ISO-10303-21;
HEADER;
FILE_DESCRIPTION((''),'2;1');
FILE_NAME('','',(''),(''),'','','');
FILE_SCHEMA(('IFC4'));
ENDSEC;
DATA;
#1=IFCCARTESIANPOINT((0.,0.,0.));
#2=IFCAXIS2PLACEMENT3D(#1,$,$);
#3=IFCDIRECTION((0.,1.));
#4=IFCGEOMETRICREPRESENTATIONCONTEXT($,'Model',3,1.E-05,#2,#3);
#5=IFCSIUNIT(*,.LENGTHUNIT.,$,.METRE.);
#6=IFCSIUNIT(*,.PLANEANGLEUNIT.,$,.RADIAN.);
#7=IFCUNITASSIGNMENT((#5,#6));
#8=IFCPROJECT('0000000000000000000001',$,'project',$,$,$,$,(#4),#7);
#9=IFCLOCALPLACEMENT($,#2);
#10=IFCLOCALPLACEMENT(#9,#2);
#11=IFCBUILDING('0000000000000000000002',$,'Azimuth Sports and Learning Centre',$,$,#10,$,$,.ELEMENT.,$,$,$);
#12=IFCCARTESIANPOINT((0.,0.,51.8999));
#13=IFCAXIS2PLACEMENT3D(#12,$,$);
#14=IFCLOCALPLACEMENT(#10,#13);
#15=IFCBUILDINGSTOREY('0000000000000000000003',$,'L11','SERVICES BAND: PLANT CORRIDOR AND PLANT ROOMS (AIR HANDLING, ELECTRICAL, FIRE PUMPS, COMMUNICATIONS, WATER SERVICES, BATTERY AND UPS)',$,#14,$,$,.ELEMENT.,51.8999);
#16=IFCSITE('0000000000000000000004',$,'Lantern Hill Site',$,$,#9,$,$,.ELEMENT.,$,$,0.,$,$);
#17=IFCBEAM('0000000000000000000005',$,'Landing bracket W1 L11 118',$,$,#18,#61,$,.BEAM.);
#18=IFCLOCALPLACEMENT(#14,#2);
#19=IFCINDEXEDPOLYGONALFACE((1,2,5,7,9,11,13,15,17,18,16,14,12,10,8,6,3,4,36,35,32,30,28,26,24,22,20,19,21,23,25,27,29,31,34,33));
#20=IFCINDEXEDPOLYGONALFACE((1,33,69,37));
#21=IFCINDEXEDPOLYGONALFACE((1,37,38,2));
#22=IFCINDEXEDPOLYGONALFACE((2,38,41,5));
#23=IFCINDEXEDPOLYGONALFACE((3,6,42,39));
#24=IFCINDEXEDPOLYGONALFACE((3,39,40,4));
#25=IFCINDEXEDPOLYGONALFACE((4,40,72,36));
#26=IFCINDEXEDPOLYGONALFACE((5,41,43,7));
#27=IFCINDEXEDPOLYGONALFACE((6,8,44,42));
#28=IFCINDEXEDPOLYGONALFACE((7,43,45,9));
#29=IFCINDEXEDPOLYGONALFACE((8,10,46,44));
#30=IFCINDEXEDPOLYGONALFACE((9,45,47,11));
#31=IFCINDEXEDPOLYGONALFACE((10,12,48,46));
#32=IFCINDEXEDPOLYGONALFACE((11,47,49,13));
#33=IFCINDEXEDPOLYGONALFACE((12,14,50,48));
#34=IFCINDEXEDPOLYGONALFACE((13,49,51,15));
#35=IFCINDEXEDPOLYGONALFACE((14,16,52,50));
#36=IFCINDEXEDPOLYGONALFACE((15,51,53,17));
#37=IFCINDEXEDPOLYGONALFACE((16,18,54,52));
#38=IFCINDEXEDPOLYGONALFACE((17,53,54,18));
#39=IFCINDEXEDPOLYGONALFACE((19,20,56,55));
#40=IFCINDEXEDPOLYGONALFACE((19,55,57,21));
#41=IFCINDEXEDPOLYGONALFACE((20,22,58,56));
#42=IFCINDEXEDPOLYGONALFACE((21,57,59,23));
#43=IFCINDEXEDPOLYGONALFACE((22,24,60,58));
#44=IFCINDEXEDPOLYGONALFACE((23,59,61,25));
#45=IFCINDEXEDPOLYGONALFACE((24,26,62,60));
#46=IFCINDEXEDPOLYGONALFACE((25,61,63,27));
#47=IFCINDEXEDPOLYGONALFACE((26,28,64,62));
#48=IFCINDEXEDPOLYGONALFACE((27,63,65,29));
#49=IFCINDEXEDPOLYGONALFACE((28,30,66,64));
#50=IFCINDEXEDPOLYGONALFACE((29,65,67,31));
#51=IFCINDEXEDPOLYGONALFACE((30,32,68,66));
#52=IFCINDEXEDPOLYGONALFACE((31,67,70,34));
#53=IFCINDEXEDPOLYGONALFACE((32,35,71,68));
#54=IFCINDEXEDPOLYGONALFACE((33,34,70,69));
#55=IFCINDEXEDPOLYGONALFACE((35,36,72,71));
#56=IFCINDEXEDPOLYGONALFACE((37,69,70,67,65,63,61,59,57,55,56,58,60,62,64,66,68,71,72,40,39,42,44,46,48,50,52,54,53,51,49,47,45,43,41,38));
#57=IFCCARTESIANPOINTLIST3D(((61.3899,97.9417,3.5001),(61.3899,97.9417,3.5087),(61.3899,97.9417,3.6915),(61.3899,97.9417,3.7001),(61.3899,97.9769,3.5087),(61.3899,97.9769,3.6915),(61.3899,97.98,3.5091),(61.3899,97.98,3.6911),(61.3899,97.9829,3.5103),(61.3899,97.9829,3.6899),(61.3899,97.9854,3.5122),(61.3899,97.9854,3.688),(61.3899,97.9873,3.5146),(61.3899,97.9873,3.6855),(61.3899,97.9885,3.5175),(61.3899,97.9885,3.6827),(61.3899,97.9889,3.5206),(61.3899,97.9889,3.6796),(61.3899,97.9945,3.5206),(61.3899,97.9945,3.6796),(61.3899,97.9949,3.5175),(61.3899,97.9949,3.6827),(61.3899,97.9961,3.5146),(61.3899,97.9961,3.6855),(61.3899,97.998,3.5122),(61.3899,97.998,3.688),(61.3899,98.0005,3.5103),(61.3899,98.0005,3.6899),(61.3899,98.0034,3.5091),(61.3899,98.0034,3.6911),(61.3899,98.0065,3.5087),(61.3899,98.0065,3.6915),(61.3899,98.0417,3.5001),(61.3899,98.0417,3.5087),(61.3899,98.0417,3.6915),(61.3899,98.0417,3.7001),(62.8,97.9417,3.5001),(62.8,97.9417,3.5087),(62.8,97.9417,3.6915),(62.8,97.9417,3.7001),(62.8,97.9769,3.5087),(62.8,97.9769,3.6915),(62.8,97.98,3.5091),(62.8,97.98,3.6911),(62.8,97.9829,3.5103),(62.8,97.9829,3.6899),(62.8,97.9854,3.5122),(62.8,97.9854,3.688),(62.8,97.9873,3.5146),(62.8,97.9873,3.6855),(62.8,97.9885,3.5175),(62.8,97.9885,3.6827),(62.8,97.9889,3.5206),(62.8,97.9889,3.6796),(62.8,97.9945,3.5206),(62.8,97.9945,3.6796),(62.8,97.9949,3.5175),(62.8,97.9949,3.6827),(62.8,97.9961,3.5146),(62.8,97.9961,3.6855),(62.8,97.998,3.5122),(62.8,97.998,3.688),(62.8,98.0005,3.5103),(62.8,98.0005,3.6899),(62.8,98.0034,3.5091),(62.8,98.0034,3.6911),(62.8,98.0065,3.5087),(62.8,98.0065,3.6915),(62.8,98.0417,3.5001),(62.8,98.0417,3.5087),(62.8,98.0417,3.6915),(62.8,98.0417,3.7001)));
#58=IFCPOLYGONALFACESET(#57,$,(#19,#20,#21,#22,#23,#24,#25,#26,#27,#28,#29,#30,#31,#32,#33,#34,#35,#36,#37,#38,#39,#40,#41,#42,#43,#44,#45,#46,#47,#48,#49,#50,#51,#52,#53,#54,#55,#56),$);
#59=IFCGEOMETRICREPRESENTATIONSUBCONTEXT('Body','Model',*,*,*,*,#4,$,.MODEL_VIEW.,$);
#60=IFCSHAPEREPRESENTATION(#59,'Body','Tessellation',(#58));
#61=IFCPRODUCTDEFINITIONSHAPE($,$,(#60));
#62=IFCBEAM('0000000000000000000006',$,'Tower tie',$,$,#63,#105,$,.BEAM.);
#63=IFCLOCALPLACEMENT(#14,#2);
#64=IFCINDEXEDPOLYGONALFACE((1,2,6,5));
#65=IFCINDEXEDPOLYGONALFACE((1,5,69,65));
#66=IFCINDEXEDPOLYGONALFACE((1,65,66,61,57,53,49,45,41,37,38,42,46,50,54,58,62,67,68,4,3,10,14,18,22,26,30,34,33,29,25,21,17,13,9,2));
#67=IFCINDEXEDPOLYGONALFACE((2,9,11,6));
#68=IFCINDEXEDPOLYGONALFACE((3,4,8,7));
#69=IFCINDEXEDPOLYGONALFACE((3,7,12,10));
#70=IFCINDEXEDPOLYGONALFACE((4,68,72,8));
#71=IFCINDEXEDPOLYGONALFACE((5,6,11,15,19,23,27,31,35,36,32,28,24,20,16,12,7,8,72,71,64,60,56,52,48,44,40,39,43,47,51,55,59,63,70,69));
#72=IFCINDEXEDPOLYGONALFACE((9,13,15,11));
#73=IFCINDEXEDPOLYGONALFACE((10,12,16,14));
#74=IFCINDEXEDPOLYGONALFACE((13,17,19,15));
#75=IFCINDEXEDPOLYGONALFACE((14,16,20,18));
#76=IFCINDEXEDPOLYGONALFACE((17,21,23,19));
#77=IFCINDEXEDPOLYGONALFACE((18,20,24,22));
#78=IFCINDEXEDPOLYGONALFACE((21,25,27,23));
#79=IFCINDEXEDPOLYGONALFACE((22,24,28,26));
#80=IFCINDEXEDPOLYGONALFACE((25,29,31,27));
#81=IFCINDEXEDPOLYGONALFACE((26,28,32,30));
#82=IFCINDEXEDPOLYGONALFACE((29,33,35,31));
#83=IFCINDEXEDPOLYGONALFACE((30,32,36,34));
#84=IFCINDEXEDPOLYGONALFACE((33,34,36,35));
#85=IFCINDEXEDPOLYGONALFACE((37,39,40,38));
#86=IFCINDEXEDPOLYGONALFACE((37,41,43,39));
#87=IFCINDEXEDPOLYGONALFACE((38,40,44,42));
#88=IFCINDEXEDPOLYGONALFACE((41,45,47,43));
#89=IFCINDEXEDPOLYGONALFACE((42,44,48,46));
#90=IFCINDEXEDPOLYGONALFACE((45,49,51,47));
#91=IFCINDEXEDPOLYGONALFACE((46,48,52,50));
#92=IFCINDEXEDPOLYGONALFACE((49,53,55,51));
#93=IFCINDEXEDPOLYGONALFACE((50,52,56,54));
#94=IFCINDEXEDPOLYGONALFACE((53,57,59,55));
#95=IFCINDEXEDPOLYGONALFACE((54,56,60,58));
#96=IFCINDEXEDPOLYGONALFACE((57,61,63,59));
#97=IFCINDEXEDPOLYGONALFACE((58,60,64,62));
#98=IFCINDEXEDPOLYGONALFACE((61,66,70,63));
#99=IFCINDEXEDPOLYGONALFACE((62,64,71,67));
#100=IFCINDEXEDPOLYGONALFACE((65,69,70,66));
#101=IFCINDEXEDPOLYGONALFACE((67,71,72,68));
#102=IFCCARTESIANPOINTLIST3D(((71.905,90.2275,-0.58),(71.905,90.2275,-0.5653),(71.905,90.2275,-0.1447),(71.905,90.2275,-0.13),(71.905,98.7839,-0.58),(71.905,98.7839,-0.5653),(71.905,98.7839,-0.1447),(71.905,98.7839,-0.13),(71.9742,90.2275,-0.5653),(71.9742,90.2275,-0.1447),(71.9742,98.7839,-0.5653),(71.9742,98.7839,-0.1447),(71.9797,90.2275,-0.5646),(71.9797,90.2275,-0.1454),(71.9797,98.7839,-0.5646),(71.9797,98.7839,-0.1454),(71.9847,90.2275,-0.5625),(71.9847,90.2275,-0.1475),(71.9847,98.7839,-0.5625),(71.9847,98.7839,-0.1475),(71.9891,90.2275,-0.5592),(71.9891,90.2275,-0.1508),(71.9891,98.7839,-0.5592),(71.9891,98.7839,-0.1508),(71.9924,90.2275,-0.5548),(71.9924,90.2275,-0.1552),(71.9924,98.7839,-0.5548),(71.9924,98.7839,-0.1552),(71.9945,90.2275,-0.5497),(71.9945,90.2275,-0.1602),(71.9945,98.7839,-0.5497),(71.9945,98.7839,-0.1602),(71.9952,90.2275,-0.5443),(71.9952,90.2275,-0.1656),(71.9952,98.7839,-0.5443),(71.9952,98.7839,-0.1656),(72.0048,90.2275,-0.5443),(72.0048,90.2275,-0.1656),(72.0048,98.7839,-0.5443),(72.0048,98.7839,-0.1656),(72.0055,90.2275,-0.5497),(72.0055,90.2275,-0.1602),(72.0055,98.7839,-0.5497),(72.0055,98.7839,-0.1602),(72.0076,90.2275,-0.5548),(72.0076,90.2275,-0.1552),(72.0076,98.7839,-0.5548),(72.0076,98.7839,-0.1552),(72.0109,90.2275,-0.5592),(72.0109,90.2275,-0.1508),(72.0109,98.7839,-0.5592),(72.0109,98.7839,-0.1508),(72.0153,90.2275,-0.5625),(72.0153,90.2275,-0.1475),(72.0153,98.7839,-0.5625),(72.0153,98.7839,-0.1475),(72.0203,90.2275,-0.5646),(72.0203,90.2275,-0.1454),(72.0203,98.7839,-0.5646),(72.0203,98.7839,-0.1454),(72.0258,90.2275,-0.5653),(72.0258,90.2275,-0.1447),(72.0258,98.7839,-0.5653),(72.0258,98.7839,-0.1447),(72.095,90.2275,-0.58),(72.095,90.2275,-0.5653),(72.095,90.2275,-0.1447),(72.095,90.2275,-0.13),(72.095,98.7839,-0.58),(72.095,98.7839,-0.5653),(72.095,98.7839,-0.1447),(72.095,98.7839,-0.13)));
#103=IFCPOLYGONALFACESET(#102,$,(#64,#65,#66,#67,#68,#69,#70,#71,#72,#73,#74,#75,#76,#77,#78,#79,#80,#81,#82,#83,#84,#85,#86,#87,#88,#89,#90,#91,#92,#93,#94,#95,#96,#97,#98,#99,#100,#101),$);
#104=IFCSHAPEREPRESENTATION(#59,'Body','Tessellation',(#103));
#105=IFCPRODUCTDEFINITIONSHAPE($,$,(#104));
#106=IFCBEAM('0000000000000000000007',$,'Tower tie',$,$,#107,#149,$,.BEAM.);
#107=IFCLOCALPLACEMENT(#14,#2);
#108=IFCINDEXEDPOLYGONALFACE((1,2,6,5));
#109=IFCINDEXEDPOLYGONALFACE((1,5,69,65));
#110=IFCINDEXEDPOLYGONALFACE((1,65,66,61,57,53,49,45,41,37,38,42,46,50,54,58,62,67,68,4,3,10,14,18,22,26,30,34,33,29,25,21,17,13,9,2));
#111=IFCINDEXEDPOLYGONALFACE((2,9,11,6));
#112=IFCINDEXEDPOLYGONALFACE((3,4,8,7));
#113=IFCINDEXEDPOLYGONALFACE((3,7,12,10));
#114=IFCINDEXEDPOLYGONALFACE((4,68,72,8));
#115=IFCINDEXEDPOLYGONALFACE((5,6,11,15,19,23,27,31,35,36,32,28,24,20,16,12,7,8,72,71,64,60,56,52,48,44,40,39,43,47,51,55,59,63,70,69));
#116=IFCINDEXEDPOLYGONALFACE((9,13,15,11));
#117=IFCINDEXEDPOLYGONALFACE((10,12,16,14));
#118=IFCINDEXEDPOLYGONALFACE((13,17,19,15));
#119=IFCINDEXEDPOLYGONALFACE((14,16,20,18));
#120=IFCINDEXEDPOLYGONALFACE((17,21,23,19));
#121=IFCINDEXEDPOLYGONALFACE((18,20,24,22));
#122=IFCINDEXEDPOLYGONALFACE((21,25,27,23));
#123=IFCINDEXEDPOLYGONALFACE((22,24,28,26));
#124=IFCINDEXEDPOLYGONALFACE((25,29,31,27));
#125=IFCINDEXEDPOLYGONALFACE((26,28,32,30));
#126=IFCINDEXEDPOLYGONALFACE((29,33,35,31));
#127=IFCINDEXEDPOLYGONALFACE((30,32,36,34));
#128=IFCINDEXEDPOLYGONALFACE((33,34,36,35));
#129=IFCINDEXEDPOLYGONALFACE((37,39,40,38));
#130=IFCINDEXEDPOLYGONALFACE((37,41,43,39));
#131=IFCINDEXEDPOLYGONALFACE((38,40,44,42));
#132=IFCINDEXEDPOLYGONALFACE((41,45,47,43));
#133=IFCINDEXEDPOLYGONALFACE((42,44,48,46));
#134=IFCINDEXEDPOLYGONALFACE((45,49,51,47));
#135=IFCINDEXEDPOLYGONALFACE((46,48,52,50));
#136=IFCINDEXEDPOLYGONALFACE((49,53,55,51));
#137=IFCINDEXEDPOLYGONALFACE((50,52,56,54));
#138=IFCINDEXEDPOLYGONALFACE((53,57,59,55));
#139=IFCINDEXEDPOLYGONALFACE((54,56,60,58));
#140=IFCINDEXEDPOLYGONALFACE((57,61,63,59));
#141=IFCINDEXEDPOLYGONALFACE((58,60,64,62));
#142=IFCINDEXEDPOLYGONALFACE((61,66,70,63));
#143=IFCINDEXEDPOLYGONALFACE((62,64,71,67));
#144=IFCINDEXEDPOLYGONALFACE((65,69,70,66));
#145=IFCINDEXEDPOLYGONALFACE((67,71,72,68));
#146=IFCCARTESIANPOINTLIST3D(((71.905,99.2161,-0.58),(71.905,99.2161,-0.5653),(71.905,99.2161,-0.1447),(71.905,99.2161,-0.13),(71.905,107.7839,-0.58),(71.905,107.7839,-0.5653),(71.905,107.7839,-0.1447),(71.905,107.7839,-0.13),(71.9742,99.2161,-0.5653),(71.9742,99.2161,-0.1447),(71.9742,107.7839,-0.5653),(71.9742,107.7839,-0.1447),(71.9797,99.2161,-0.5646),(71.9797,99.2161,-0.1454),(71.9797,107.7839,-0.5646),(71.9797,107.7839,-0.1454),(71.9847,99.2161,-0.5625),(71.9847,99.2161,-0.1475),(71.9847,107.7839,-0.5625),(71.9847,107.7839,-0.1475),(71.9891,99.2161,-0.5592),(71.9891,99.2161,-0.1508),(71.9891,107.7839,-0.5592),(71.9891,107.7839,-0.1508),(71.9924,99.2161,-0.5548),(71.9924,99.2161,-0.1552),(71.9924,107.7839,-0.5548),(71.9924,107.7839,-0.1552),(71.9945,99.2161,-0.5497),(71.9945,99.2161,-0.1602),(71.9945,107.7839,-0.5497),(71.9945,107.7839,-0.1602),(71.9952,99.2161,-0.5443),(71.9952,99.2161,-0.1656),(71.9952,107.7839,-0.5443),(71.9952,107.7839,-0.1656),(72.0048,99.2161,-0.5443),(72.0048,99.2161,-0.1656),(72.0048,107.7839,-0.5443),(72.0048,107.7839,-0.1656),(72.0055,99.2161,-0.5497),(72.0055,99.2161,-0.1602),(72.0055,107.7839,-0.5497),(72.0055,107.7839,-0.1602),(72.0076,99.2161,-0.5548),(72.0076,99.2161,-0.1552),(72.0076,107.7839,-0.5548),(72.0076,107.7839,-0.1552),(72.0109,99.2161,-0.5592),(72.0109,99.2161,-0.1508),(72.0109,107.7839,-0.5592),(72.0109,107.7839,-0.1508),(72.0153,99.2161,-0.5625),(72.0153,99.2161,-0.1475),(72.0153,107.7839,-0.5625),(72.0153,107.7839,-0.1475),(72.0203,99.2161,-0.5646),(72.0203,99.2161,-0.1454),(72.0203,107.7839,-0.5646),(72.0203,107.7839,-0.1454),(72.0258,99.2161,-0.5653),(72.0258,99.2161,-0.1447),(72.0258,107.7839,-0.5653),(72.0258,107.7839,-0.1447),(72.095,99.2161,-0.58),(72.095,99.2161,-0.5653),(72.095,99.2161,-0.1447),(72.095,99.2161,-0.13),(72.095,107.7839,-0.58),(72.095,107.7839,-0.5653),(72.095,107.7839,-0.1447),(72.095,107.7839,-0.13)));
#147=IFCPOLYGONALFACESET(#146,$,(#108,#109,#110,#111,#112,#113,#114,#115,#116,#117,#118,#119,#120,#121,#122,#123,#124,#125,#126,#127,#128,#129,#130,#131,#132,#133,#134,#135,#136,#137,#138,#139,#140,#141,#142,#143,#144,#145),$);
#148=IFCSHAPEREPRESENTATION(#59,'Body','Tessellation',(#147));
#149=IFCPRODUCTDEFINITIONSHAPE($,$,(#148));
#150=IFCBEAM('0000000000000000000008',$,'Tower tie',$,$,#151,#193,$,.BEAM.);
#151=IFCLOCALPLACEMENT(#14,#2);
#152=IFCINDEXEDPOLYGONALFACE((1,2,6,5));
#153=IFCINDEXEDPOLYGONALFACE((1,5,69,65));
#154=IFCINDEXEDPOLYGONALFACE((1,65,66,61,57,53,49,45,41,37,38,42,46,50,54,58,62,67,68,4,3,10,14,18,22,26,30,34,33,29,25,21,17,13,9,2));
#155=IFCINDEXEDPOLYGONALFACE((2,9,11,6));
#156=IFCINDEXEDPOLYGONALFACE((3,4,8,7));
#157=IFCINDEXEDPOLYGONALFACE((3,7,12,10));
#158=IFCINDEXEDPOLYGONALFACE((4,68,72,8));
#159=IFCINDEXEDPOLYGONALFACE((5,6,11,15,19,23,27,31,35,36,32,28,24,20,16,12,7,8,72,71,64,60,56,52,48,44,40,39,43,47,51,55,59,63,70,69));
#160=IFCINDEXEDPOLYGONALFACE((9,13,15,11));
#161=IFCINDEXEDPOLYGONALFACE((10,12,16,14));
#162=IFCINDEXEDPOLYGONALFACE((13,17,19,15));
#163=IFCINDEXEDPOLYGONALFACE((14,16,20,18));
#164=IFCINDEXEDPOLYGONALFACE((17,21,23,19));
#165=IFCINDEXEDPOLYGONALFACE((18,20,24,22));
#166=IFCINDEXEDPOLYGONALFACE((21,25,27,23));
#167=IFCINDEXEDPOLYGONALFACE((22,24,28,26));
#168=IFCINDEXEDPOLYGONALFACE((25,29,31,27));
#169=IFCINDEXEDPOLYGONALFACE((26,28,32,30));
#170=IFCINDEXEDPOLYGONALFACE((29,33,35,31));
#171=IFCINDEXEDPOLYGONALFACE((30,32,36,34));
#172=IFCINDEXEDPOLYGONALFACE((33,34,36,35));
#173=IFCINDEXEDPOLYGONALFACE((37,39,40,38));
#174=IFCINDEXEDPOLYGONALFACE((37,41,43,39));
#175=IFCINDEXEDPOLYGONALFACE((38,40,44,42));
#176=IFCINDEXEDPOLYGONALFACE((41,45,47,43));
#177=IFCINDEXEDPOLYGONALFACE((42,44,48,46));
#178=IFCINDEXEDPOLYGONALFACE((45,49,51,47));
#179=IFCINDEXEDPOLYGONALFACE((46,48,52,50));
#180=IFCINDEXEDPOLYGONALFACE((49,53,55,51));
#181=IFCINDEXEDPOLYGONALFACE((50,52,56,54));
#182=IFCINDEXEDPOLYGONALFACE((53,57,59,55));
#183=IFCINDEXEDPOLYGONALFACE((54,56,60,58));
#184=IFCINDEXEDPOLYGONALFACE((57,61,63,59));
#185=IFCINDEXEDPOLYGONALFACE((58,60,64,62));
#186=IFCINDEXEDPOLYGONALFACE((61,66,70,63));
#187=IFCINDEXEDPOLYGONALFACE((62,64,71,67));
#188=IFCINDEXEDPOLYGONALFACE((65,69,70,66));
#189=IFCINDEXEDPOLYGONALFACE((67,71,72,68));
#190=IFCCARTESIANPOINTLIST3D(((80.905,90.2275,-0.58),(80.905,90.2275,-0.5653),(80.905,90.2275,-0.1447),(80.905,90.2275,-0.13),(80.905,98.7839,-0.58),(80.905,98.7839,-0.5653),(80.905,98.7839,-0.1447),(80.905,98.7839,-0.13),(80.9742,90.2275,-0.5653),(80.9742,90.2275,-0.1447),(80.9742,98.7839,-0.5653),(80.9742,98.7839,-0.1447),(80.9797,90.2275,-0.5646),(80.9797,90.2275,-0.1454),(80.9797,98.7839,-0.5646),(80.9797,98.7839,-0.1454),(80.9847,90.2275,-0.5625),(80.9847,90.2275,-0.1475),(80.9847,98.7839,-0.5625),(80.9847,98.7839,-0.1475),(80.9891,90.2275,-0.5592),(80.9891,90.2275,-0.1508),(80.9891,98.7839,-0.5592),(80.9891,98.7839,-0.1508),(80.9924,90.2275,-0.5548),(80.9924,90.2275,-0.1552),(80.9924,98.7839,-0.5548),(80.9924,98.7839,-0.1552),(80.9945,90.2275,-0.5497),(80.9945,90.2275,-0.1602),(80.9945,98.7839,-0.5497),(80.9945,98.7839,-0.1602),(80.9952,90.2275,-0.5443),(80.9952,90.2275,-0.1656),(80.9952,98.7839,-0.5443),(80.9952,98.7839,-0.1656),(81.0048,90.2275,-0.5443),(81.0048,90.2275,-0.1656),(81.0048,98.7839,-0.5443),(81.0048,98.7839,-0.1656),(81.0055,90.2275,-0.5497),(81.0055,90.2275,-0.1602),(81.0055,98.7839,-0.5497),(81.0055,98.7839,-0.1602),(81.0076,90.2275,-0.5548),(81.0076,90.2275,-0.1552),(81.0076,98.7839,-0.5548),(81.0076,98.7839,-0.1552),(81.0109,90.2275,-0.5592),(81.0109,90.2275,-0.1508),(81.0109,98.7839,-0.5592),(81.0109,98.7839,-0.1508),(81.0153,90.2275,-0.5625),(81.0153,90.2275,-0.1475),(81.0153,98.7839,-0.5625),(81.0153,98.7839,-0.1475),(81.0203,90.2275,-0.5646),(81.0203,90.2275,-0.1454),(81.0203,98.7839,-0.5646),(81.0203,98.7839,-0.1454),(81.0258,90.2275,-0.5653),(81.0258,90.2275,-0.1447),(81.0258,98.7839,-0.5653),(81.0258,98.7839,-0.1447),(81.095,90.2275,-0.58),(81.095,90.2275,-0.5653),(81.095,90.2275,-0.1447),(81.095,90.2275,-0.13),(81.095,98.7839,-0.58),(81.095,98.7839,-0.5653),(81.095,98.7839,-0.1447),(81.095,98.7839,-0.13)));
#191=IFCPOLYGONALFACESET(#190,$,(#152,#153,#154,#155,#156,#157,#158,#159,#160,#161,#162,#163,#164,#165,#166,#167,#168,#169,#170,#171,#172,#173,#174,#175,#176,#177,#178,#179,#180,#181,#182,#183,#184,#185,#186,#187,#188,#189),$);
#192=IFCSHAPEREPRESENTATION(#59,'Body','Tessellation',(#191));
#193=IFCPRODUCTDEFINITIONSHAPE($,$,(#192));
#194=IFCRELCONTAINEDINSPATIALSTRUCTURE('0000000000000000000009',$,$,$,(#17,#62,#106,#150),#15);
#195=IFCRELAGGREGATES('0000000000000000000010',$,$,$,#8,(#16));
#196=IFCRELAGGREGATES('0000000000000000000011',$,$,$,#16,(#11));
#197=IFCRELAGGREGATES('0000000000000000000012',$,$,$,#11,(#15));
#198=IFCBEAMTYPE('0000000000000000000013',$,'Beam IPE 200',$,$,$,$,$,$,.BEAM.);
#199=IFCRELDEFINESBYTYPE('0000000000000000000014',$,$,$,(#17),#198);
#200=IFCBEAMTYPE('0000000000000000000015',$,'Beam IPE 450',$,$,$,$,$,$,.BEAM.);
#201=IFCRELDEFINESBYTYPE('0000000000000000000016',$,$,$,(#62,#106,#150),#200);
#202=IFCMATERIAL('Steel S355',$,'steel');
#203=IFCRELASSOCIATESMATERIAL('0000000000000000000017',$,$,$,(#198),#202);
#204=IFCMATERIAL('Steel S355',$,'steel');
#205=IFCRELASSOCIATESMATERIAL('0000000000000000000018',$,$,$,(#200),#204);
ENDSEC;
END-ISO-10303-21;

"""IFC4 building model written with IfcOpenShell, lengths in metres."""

from ifc_helpers import new_model, si_unit, direction, frame, origin, origin_2d, place, context, subcontext, project, spatial, i_section, extrude, material, material_profile, profile_set, type_object, element, save


model = new_model("IFC4")

# Units and contexts
model_context = context("Model", 3, precision=1e-05, world=origin(), true_north=direction((0.0, 1.0)))
body_context = subcontext(model_context, "Body", "Model", "MODEL_VIEW")
ifc_project = project(units=[si_unit("LENGTHUNIT", "METRE"), si_unit("PLANEANGLEUNIT", "RADIAN")], contexts=[model_context])

# Site, building, storey
site_placement = place(None, origin())
site = spatial("IfcSite", under=ifc_project, at=site_placement, Name="Lantern Hill Site", CompositionType="ELEMENT", RefElevation=0.0)
building_placement = place(site_placement, origin())
building = spatial("IfcBuilding", under=site, at=building_placement, Name="Azimuth Sports and Learning Centre", CompositionType="ELEMENT")
storey_placement = place(building_placement, frame((0.0, 0.0, 51.8999)))
storey = spatial("IfcBuildingStorey", under=building, at=storey_placement, Name="L11", Description="SERVICES BAND: PLANT CORRIDOR AND PLANT ROOMS (AIR HANDLING, ELECTRICAL, FIRE PUMPS, COMMUNICATIONS, WATER SERVICES, BATTERY AND UPS)", CompositionType="ELEMENT", Elevation=51.8999)

# Beams
ifc_material_1 = material(Name="Steel S355", Category="steel")
ifc_material_profile_1 = material_profile(ifc_material_1, i_section(OverallWidth=0.1001, OverallDepth=0.2, WebThickness=0.0056, FlangeThickness=0.0085, FilletRadius=0.012, at=origin_2d()), Name="IPE 200")
ifc_profile_set_1 = profile_set([ifc_material_profile_1], Name="Steel S355")
beam_type_1 = type_object("IfcBeamType", Name="Beam IPE 200", PredefinedType="BEAM", material=ifc_profile_set_1)
for number, where, z_axis, x_axis, name in (
    (1, (62.8, 97.9917, 3.6001), (-1.0, 0.0, 0.0), (0.0, -1.0, 0.0), "Landing bracket W1 L11 118"),
):
    element("IfcBeam", number, at=place(storey_placement, frame(where, z_axis=z_axis, x_axis=x_axis)), inside=storey, type_object=beam_type_1, Name=name, PredefinedType="BEAM", context=body_context, shape_type="SweptSolid", body=[
        extrude(i_section(OverallWidth=0.1001, OverallDepth=0.2, WebThickness=0.0056, FlangeThickness=0.0085, FilletRadius=0.012, at=origin_2d()), origin(), (0.0, 0.0, 1.0), 1.4102),
    ])
ifc_material_2 = material(Name="Steel S355", Category="steel")
ifc_material_profile_2 = material_profile(ifc_material_2, i_section(OverallWidth=0.1899, OverallDepth=0.45, WebThickness=0.0095, FlangeThickness=0.0146, FilletRadius=0.021, at=origin_2d()), Name="IPE 450")
ifc_profile_set_2 = profile_set([ifc_material_profile_2], Name="Steel S355")
beam_type_2 = type_object("IfcBeamType", Name="Beam IPE 450", PredefinedType="BEAM", material=ifc_profile_set_2)
beam_1_placement = place(storey_placement, frame((72.0, 90.2275, -0.355), z_axis=(0.0, 1.0, 0.0), x_axis=(-1.0, 0.0, 0.0)))
element("IfcBeam", 2, at=beam_1_placement, inside=storey, type_object=beam_type_2, Name="Tower tie", PredefinedType="BEAM", context=body_context, shape_type="SweptSolid", body=[
    extrude(i_section(OverallWidth=0.1899, OverallDepth=0.45, WebThickness=0.0095, FlangeThickness=0.0146, FilletRadius=0.021, at=origin_2d()), origin(), (0.0, 0.0, 1.0), 8.5564),
])
beam_2_placement = place(storey_placement, frame((72.0, 99.2161, -0.355), z_axis=(0.0, 1.0, 0.0), x_axis=(-1.0, 0.0, 0.0)))
element("IfcBeam", 3, at=beam_2_placement, inside=storey, type_object=beam_type_2, Name="Tower tie", PredefinedType="BEAM", context=body_context, shape_type="SweptSolid", body=[
    extrude(i_section(OverallWidth=0.1899, OverallDepth=0.45, WebThickness=0.0095, FlangeThickness=0.0146, FilletRadius=0.021, at=origin_2d()), origin(), (0.0, 0.0, 1.0), 8.5679),
])
beam_3_placement = place(storey_placement, frame((81.0, 90.2275, -0.355), z_axis=(0.0, 1.0, 0.0), x_axis=(-1.0, 0.0, 0.0)))
element("IfcBeam", 4, at=beam_3_placement, inside=storey, type_object=beam_type_2, Name="Tower tie", PredefinedType="BEAM", context=body_context, shape_type="SweptSolid", body=[
    extrude(i_section(OverallWidth=0.1899, OverallDepth=0.45, WebThickness=0.0095, FlangeThickness=0.0146, FilletRadius=0.021, at=origin_2d()), origin(), (0.0, 0.0, 1.0), 8.5564),
])

save(model, "model.ifc")
